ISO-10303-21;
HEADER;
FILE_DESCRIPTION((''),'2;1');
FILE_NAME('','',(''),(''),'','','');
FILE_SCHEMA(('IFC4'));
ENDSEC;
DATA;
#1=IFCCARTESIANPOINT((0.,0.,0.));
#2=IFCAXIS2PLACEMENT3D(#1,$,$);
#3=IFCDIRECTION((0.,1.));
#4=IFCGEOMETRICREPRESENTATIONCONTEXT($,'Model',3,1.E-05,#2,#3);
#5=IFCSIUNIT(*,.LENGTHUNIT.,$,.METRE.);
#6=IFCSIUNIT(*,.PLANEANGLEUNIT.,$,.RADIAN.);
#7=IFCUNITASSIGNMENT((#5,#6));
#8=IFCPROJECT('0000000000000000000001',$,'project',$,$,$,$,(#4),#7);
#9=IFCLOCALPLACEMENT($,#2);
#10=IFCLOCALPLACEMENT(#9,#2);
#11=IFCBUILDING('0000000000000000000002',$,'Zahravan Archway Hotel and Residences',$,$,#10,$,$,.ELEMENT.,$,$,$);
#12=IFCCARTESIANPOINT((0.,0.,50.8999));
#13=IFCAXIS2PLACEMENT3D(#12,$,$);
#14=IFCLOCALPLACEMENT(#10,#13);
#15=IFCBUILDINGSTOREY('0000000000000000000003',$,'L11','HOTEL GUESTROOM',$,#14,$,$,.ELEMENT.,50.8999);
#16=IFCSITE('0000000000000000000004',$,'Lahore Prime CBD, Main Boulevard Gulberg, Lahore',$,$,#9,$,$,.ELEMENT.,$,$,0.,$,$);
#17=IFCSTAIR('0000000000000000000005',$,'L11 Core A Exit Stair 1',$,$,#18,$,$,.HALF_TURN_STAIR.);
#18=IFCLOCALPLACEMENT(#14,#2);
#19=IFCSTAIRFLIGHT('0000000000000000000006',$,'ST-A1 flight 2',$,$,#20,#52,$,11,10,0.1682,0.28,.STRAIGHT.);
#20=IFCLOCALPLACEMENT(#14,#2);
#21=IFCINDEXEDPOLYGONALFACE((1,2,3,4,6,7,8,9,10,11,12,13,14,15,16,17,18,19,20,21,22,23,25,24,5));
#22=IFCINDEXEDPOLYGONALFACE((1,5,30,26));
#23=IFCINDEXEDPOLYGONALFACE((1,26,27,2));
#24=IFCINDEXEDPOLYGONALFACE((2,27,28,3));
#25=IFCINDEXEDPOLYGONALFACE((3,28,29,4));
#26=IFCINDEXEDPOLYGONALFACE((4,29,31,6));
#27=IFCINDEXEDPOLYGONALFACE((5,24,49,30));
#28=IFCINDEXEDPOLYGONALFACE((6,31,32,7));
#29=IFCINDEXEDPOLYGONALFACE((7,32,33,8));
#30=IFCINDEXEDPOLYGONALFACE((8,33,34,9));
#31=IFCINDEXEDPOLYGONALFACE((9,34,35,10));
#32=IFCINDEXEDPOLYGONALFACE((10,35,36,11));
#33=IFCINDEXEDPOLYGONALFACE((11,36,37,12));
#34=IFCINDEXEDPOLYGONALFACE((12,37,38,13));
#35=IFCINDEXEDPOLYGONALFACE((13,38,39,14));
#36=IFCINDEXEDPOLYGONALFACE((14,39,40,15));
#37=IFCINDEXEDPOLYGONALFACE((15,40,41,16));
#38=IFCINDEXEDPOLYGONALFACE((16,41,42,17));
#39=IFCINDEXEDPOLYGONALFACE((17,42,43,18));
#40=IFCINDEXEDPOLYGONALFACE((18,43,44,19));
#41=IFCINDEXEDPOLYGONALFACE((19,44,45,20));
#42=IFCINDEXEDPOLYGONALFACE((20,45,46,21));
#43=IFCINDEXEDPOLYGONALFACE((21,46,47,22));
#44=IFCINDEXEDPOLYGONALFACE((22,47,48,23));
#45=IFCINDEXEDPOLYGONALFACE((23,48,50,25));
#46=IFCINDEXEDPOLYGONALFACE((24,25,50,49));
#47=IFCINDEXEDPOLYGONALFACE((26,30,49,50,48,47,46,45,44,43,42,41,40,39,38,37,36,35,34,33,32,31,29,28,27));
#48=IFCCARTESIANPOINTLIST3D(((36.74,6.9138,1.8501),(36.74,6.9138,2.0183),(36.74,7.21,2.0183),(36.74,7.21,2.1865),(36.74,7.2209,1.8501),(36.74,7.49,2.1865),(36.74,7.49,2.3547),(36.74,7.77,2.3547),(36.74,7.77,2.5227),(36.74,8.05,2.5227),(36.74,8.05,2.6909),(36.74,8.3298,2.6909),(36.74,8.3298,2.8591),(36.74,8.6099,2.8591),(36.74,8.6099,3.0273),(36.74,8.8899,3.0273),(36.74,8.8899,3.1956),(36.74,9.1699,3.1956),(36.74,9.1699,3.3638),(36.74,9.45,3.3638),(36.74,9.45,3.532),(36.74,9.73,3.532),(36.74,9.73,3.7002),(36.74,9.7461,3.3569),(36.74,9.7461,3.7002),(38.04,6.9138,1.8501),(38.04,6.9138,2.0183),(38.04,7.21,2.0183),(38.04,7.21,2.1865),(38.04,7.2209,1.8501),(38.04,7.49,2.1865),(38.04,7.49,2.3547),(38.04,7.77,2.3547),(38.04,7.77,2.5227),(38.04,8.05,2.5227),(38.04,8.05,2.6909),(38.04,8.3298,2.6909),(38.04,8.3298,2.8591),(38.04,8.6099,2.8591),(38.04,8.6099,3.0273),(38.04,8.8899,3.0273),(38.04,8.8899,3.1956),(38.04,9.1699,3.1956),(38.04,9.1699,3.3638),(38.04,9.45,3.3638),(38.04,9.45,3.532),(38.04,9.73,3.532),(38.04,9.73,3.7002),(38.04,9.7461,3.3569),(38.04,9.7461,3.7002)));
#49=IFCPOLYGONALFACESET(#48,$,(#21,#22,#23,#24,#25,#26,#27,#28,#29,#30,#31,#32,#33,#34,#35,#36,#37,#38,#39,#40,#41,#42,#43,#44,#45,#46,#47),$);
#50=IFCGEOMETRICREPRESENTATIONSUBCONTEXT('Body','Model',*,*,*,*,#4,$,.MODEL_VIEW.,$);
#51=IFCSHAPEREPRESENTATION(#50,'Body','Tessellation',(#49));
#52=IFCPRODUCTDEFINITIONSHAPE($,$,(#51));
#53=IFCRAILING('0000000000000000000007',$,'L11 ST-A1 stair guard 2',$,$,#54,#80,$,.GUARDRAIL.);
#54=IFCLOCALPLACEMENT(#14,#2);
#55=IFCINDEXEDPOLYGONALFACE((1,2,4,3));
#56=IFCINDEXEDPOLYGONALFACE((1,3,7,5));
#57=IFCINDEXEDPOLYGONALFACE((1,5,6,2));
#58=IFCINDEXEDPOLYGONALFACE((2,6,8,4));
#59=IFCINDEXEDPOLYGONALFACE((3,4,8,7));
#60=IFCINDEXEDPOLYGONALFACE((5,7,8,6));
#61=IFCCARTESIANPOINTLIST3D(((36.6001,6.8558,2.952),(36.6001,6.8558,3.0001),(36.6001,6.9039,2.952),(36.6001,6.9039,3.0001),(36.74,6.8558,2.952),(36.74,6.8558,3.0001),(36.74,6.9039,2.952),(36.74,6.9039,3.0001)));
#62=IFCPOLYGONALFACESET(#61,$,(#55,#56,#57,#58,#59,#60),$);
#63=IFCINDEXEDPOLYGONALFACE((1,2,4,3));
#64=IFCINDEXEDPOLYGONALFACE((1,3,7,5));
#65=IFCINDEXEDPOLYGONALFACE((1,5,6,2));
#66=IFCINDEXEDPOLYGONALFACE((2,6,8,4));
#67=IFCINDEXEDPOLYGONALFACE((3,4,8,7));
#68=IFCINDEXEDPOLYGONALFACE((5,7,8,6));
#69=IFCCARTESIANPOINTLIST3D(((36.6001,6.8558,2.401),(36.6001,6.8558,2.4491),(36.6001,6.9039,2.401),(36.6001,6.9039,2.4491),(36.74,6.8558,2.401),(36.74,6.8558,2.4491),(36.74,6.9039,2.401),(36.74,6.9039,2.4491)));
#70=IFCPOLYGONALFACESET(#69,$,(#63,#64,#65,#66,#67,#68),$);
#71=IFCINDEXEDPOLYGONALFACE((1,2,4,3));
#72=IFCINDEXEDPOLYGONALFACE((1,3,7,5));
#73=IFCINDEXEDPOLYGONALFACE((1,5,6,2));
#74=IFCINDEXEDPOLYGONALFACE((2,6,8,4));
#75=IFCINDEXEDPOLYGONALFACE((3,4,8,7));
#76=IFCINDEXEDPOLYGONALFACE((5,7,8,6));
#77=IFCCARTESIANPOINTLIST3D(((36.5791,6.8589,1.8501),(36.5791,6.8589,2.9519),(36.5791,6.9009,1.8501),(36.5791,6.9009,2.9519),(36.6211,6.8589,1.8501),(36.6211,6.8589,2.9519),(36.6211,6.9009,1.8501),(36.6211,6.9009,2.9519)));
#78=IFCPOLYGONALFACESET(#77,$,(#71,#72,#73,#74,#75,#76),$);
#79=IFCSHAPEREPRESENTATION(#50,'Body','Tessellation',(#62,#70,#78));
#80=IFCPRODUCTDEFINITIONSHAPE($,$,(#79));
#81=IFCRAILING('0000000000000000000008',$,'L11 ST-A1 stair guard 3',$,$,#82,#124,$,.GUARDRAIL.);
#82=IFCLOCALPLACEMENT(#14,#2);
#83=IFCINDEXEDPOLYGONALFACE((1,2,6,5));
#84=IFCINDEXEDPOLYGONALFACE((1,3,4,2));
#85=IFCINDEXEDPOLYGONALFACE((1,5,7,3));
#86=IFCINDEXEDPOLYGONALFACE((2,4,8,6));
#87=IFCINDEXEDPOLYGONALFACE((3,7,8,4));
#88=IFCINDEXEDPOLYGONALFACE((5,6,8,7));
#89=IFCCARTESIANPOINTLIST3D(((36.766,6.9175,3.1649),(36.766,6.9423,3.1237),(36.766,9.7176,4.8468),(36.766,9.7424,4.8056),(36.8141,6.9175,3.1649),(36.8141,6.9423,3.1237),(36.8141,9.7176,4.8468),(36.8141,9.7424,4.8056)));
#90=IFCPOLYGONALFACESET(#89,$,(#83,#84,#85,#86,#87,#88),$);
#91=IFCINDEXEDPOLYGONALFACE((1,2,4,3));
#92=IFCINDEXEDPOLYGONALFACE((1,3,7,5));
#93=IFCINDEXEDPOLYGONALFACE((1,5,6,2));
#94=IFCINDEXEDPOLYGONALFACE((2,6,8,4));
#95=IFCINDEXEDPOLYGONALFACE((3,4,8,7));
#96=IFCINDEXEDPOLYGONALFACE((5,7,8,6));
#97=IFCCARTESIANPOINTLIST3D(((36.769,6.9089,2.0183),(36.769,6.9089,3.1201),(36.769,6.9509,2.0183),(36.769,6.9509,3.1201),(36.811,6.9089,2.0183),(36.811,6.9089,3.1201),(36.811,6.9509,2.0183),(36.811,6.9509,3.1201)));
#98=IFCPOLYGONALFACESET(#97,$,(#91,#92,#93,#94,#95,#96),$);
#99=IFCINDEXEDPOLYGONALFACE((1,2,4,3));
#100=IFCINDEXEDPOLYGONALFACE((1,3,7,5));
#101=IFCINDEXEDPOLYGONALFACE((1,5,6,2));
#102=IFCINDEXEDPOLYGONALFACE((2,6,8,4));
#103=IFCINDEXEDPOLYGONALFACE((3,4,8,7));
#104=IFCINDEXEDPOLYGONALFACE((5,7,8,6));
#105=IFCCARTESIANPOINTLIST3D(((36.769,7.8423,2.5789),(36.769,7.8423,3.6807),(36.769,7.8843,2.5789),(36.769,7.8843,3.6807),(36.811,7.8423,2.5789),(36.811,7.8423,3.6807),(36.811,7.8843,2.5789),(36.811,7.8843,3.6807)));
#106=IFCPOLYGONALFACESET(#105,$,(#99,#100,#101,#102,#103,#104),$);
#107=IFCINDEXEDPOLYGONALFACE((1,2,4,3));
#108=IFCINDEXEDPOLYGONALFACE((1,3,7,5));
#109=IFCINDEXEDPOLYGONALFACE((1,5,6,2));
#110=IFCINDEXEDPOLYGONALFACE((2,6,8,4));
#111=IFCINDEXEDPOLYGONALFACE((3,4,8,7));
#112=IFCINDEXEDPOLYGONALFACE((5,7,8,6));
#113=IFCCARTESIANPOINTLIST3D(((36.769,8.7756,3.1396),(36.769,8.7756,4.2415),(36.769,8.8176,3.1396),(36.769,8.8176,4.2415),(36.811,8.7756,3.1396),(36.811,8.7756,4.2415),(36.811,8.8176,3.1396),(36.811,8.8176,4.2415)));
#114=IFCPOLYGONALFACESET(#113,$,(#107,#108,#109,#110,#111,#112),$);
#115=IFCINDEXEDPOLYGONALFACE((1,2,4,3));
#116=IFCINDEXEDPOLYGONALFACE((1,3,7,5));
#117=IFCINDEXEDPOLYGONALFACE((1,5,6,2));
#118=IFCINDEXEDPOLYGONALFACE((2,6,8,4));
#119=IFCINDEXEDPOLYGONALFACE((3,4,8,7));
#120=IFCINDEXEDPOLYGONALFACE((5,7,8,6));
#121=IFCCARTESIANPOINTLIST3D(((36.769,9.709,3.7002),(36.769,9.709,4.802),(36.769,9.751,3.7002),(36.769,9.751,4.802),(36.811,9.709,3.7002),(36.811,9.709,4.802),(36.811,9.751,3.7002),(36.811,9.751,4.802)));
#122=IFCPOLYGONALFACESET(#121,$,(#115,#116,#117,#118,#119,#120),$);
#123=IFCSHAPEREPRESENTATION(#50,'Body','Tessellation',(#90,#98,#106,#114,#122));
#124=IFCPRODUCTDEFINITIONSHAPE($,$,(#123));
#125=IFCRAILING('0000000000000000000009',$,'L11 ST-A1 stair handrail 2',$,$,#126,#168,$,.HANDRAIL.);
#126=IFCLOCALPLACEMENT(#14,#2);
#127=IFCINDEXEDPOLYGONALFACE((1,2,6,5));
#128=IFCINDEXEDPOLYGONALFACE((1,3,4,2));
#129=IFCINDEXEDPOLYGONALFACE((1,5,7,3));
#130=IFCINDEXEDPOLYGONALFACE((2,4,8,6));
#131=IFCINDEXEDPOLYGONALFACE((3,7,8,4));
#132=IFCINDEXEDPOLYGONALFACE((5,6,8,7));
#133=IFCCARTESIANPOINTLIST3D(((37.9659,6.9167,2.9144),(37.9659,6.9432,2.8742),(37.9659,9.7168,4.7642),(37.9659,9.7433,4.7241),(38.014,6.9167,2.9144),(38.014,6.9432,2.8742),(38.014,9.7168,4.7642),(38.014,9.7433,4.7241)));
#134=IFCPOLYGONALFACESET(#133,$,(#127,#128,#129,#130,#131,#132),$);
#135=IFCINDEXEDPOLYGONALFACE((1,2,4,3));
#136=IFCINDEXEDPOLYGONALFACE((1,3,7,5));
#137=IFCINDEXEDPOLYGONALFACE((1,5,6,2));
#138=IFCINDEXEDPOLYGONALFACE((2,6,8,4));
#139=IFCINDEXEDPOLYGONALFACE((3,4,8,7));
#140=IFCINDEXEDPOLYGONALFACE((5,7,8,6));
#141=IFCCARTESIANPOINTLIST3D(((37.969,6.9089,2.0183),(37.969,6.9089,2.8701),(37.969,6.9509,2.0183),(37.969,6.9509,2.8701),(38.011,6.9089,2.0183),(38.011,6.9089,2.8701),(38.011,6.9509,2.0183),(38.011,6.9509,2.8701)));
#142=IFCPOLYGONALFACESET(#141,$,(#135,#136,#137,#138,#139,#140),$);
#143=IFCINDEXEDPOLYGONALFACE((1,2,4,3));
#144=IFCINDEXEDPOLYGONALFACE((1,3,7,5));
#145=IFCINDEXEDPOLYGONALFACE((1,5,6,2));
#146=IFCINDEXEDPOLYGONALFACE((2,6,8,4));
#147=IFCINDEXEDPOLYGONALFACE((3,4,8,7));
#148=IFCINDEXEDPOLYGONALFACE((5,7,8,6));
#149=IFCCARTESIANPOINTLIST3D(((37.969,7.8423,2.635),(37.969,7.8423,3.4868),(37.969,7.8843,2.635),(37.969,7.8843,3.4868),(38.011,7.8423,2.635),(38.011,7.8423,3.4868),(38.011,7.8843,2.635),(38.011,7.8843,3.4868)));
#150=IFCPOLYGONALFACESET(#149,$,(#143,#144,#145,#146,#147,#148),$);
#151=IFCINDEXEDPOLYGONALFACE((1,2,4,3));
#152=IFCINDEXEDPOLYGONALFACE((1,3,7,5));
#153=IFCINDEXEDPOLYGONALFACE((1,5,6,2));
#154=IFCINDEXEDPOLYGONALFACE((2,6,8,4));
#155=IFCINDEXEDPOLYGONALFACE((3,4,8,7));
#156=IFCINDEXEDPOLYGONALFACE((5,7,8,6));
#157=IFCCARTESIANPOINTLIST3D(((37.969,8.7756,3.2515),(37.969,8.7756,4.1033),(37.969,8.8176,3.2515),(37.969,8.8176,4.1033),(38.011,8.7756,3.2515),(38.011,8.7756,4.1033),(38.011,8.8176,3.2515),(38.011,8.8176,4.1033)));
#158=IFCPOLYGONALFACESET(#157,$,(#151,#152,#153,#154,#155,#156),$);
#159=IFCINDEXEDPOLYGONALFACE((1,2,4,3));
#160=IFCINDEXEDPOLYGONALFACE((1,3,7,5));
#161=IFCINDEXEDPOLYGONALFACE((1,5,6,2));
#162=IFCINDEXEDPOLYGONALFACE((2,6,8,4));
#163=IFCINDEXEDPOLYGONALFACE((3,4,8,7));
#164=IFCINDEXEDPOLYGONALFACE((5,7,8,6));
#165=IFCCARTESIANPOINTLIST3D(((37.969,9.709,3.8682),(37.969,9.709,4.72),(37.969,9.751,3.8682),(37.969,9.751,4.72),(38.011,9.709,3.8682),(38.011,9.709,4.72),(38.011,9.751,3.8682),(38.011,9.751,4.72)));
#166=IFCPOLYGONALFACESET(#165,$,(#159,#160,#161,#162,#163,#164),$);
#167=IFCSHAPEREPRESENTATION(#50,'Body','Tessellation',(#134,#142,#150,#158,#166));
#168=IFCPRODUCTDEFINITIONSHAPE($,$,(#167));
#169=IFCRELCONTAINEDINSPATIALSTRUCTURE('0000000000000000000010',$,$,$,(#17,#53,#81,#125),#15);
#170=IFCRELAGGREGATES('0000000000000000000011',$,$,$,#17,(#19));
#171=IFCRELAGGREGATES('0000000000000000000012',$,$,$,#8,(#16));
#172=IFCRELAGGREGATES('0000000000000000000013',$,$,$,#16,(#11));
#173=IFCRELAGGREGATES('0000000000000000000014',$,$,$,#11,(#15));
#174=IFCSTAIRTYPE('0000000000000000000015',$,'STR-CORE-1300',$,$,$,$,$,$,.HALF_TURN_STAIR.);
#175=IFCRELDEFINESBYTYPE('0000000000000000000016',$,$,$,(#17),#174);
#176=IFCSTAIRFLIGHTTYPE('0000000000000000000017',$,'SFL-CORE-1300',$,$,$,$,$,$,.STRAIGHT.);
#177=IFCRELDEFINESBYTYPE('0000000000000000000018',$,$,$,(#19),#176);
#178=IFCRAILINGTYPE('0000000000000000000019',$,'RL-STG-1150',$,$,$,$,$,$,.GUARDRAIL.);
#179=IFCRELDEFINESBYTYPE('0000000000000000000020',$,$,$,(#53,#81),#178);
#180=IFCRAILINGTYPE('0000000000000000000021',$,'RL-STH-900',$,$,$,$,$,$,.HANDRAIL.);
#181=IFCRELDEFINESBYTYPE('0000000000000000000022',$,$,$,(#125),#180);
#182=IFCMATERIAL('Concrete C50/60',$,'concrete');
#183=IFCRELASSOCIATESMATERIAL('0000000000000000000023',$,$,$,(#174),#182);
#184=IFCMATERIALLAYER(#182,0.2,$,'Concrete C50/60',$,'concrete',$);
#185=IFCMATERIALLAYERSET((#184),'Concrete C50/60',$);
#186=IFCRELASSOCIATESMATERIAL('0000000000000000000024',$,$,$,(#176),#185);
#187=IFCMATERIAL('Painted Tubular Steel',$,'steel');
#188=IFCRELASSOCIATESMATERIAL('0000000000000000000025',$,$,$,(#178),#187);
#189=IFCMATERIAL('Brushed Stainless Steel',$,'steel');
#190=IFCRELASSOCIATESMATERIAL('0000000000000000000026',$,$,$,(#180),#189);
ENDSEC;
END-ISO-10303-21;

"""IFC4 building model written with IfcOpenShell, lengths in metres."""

from ifc_helpers import new_model, si_unit, direction, frame, origin, origin_2d, place, context, subcontext, project, spatial, polyline, rectangle, outline, extrude, source, transform, mapped, material, layer, layer_set, type_object, element, aggregate, save


model = new_model("IFC4")

# Units and contexts
model_context = context("Model", 3, precision=1e-05, world=origin(), true_north=direction((0.0, 1.0)))
body_context = subcontext(model_context, "Body", "Model", "MODEL_VIEW")
ifc_project = project(units=[si_unit("LENGTHUNIT", "METRE"), si_unit("PLANEANGLEUNIT", "RADIAN")], contexts=[model_context])

# Site, building, storey
site_placement = place(None, origin())
site = spatial("IfcSite", under=ifc_project, at=site_placement, Name="Lahore Prime CBD, Main Boulevard Gulberg, Lahore", CompositionType="ELEMENT", RefElevation=0.0)
building_placement = place(site_placement, origin())
building = spatial("IfcBuilding", under=site, at=building_placement, Name="Zahravan Archway Hotel and Residences", CompositionType="ELEMENT")
storey_placement = place(building_placement, frame((0.0, 0.0, 50.8999)))
storey = spatial("IfcBuildingStorey", under=building, at=storey_placement, Name="L11", Description="HOTEL GUESTROOM", CompositionType="ELEMENT", Elevation=50.8999)

# Shared definitions
ifc_material_1 = material(Name="Concrete C50/60", Category="concrete")

# Stair, stair flight
stair_type = type_object("IfcStairType", Name="STR-CORE-1300", PredefinedType="HALF_TURN_STAIR", material=ifc_material_1)
stair_placement = place(storey_placement, origin())
stair = element("IfcStair", 1, at=stair_placement, inside=storey, type_object=stair_type, Name="L11 Core A Exit Stair 1", PredefinedType="HALF_TURN_STAIR")
ifc_layer_1 = layer(ifc_material_1, 0.2, Name="Concrete C50/60", Category="concrete")
ifc_layer_set_1 = layer_set([ifc_layer_1], Name="Concrete C50/60")
stair_flight_type = type_object("IfcStairFlightType", Name="SFL-CORE-1300", PredefinedType="STRAIGHT", material=ifc_layer_set_1)
shared_shape_1 = source(origin(), body_context, "Body", "SweptSolid", [
    extrude(outline(polyline([(-0.0161, 0.0), (-0.0161, 0.1682), (0.28, 0.1682), (0.28, 0.3364), (0.5601, 0.3364), (0.5601, 0.5046), (0.8401, 0.5046), (0.8401, 0.6726), (1.1201, 0.6726), (1.1201, 0.8408), (1.3999, 0.8408), (1.3999, 1.009), (1.6799, 1.009), (1.6799, 1.1772), (1.96, 1.1772), (1.96, 1.3455), (2.24, 1.3455), (2.24, 1.5137), (2.52, 1.5137), (2.52, 1.6819), (2.8, 1.6819), (2.8, 1.8501), (2.8162, 1.8501), (2.8162, 1.5068), (0.291, 0.0), (-0.0161, 0.0)])), frame((0.0, 0.6499, 0.0), z_axis=(0.0, -1.0, 0.0), x_axis=(1.0, 0.0, 0.0)), (0.0, 0.0, 1.0), 1.3),
])
stair_flight_placement = place(storey_placement, frame((37.3899, 6.9299, 1.8501), z_axis=(0.0, 0.0, 1.0), x_axis=(0.0, 1.0, 0.0)))
stair_flight = element("IfcStairFlight", 2, at=stair_flight_placement, type_object=stair_flight_type, Name="ST-A1 flight 2", NumberOfRisers=11, NumberOfTreads=10, PredefinedType="STRAIGHT", RiserHeight=0.1682, TreadLength=0.28, context=body_context, shape_type="MappedRepresentation", body=[
    mapped(shared_shape_1, transform((0.0, 0.0, 0.0), scale=1.0)),
])
aggregate(stair, [stair_flight])

# Railings
ifc_material_2 = material(Name="Painted Tubular Steel", Category="steel")
railing_type_1 = type_object("IfcRailingType", Name="RL-STG-1150", PredefinedType="GUARDRAIL", material=ifc_material_2)
railing_1_placement = place(storey_placement, frame((36.6001, 6.8799, 1.8501)))
element("IfcRailing", 3, at=railing_1_placement, inside=storey, type_object=railing_type_1, Name="L11 ST-A1 stair guard 2", PredefinedType="GUARDRAIL", context=body_context, shape_type="SweptSolid", body=[
    extrude(rectangle(XDim=0.0481, YDim=0.0481, at=origin_2d()), frame((0.0, 0.0, 1.126), z_axis=(1.0, 0.0, 0.0), x_axis=(0.0, 1.0, 0.0)), (0.0, 0.0, 1.0), 0.1399),
    extrude(rectangle(XDim=0.0481, YDim=0.0481, at=origin_2d()), frame((0.0, 0.0, 0.575), z_axis=(1.0, 0.0, 0.0), x_axis=(0.0, 1.0, 0.0)), (0.0, 0.0, 1.0), 0.1399),
    extrude(rectangle(XDim=0.042, YDim=0.042, at=origin_2d()), origin(), (0.0, 0.0, 1.0), 1.1018),
])
railing_2_placement = place(storey_placement, frame((36.79, 6.9299, 2.0183)))
element("IfcRailing", 4, at=railing_2_placement, inside=storey, type_object=railing_type_1, Name="L11 ST-A1 stair guard 3", PredefinedType="GUARDRAIL", context=body_context, shape_type="SweptSolid", body=[
    extrude(rectangle(XDim=0.0481, YDim=0.0481, at=origin_2d()), frame((0.0, 0.0, 1.126), z_axis=(0.0, 0.857242, 0.514913), x_axis=(-1.0, 0.0, 0.0)), (0.0, 0.0, 1.0), 3.2664),
    extrude(rectangle(XDim=0.042, YDim=0.042, at=origin_2d()), origin(), (0.0, 0.0, 1.0), 1.1018),
    extrude(rectangle(XDim=0.042, YDim=0.042, at=origin_2d()), frame((0.0, 0.9333, 0.5605)), (0.0, 0.0, 1.0), 1.1018),
    extrude(rectangle(XDim=0.042, YDim=0.042, at=origin_2d()), frame((0.0, 1.8667, 1.1213)), (0.0, 0.0, 1.0), 1.1018),
    extrude(rectangle(XDim=0.042, YDim=0.042, at=origin_2d()), frame((0.0, 2.8, 1.6819)), (0.0, 0.0, 1.0), 1.1018),
])
ifc_material_3 = material(Name="Brushed Stainless Steel", Category="steel")
railing_type_2 = type_object("IfcRailingType", Name="RL-STH-900", PredefinedType="HANDRAIL", material=ifc_material_3)
railing_3_placement = place(storey_placement, frame((37.99, 6.9299, 2.0183)))
element("IfcRailing", 5, at=railing_3_placement, inside=storey, type_object=railing_type_2, Name="L11 ST-A1 stair handrail 2", PredefinedType="HANDRAIL", context=body_context, shape_type="SweptSolid", body=[
    extrude(rectangle(XDim=0.0481, YDim=0.0481, at=origin_2d()), frame((0.0, 0.0, 0.876), z_axis=(0.0, 0.83436, 0.55122), x_axis=(-1.0, 0.0, 0.0)), (0.0, 0.0, 1.0), 3.356),
    extrude(rectangle(XDim=0.042, YDim=0.042, at=origin_2d()), origin(), (0.0, 0.0, 1.0), 0.8518),
    extrude(rectangle(XDim=0.042, YDim=0.042, at=origin_2d()), frame((0.0, 0.9333, 0.6167)), (0.0, 0.0, 1.0), 0.8518),
    extrude(rectangle(XDim=0.042, YDim=0.042, at=origin_2d()), frame((0.0, 1.8667, 1.2332)), (0.0, 0.0, 1.0), 0.8518),
    extrude(rectangle(XDim=0.042, YDim=0.042, at=origin_2d()), frame((0.0, 2.8, 1.8499)), (0.0, 0.0, 1.0), 0.8518),
])

save(model, "model.ifc")
